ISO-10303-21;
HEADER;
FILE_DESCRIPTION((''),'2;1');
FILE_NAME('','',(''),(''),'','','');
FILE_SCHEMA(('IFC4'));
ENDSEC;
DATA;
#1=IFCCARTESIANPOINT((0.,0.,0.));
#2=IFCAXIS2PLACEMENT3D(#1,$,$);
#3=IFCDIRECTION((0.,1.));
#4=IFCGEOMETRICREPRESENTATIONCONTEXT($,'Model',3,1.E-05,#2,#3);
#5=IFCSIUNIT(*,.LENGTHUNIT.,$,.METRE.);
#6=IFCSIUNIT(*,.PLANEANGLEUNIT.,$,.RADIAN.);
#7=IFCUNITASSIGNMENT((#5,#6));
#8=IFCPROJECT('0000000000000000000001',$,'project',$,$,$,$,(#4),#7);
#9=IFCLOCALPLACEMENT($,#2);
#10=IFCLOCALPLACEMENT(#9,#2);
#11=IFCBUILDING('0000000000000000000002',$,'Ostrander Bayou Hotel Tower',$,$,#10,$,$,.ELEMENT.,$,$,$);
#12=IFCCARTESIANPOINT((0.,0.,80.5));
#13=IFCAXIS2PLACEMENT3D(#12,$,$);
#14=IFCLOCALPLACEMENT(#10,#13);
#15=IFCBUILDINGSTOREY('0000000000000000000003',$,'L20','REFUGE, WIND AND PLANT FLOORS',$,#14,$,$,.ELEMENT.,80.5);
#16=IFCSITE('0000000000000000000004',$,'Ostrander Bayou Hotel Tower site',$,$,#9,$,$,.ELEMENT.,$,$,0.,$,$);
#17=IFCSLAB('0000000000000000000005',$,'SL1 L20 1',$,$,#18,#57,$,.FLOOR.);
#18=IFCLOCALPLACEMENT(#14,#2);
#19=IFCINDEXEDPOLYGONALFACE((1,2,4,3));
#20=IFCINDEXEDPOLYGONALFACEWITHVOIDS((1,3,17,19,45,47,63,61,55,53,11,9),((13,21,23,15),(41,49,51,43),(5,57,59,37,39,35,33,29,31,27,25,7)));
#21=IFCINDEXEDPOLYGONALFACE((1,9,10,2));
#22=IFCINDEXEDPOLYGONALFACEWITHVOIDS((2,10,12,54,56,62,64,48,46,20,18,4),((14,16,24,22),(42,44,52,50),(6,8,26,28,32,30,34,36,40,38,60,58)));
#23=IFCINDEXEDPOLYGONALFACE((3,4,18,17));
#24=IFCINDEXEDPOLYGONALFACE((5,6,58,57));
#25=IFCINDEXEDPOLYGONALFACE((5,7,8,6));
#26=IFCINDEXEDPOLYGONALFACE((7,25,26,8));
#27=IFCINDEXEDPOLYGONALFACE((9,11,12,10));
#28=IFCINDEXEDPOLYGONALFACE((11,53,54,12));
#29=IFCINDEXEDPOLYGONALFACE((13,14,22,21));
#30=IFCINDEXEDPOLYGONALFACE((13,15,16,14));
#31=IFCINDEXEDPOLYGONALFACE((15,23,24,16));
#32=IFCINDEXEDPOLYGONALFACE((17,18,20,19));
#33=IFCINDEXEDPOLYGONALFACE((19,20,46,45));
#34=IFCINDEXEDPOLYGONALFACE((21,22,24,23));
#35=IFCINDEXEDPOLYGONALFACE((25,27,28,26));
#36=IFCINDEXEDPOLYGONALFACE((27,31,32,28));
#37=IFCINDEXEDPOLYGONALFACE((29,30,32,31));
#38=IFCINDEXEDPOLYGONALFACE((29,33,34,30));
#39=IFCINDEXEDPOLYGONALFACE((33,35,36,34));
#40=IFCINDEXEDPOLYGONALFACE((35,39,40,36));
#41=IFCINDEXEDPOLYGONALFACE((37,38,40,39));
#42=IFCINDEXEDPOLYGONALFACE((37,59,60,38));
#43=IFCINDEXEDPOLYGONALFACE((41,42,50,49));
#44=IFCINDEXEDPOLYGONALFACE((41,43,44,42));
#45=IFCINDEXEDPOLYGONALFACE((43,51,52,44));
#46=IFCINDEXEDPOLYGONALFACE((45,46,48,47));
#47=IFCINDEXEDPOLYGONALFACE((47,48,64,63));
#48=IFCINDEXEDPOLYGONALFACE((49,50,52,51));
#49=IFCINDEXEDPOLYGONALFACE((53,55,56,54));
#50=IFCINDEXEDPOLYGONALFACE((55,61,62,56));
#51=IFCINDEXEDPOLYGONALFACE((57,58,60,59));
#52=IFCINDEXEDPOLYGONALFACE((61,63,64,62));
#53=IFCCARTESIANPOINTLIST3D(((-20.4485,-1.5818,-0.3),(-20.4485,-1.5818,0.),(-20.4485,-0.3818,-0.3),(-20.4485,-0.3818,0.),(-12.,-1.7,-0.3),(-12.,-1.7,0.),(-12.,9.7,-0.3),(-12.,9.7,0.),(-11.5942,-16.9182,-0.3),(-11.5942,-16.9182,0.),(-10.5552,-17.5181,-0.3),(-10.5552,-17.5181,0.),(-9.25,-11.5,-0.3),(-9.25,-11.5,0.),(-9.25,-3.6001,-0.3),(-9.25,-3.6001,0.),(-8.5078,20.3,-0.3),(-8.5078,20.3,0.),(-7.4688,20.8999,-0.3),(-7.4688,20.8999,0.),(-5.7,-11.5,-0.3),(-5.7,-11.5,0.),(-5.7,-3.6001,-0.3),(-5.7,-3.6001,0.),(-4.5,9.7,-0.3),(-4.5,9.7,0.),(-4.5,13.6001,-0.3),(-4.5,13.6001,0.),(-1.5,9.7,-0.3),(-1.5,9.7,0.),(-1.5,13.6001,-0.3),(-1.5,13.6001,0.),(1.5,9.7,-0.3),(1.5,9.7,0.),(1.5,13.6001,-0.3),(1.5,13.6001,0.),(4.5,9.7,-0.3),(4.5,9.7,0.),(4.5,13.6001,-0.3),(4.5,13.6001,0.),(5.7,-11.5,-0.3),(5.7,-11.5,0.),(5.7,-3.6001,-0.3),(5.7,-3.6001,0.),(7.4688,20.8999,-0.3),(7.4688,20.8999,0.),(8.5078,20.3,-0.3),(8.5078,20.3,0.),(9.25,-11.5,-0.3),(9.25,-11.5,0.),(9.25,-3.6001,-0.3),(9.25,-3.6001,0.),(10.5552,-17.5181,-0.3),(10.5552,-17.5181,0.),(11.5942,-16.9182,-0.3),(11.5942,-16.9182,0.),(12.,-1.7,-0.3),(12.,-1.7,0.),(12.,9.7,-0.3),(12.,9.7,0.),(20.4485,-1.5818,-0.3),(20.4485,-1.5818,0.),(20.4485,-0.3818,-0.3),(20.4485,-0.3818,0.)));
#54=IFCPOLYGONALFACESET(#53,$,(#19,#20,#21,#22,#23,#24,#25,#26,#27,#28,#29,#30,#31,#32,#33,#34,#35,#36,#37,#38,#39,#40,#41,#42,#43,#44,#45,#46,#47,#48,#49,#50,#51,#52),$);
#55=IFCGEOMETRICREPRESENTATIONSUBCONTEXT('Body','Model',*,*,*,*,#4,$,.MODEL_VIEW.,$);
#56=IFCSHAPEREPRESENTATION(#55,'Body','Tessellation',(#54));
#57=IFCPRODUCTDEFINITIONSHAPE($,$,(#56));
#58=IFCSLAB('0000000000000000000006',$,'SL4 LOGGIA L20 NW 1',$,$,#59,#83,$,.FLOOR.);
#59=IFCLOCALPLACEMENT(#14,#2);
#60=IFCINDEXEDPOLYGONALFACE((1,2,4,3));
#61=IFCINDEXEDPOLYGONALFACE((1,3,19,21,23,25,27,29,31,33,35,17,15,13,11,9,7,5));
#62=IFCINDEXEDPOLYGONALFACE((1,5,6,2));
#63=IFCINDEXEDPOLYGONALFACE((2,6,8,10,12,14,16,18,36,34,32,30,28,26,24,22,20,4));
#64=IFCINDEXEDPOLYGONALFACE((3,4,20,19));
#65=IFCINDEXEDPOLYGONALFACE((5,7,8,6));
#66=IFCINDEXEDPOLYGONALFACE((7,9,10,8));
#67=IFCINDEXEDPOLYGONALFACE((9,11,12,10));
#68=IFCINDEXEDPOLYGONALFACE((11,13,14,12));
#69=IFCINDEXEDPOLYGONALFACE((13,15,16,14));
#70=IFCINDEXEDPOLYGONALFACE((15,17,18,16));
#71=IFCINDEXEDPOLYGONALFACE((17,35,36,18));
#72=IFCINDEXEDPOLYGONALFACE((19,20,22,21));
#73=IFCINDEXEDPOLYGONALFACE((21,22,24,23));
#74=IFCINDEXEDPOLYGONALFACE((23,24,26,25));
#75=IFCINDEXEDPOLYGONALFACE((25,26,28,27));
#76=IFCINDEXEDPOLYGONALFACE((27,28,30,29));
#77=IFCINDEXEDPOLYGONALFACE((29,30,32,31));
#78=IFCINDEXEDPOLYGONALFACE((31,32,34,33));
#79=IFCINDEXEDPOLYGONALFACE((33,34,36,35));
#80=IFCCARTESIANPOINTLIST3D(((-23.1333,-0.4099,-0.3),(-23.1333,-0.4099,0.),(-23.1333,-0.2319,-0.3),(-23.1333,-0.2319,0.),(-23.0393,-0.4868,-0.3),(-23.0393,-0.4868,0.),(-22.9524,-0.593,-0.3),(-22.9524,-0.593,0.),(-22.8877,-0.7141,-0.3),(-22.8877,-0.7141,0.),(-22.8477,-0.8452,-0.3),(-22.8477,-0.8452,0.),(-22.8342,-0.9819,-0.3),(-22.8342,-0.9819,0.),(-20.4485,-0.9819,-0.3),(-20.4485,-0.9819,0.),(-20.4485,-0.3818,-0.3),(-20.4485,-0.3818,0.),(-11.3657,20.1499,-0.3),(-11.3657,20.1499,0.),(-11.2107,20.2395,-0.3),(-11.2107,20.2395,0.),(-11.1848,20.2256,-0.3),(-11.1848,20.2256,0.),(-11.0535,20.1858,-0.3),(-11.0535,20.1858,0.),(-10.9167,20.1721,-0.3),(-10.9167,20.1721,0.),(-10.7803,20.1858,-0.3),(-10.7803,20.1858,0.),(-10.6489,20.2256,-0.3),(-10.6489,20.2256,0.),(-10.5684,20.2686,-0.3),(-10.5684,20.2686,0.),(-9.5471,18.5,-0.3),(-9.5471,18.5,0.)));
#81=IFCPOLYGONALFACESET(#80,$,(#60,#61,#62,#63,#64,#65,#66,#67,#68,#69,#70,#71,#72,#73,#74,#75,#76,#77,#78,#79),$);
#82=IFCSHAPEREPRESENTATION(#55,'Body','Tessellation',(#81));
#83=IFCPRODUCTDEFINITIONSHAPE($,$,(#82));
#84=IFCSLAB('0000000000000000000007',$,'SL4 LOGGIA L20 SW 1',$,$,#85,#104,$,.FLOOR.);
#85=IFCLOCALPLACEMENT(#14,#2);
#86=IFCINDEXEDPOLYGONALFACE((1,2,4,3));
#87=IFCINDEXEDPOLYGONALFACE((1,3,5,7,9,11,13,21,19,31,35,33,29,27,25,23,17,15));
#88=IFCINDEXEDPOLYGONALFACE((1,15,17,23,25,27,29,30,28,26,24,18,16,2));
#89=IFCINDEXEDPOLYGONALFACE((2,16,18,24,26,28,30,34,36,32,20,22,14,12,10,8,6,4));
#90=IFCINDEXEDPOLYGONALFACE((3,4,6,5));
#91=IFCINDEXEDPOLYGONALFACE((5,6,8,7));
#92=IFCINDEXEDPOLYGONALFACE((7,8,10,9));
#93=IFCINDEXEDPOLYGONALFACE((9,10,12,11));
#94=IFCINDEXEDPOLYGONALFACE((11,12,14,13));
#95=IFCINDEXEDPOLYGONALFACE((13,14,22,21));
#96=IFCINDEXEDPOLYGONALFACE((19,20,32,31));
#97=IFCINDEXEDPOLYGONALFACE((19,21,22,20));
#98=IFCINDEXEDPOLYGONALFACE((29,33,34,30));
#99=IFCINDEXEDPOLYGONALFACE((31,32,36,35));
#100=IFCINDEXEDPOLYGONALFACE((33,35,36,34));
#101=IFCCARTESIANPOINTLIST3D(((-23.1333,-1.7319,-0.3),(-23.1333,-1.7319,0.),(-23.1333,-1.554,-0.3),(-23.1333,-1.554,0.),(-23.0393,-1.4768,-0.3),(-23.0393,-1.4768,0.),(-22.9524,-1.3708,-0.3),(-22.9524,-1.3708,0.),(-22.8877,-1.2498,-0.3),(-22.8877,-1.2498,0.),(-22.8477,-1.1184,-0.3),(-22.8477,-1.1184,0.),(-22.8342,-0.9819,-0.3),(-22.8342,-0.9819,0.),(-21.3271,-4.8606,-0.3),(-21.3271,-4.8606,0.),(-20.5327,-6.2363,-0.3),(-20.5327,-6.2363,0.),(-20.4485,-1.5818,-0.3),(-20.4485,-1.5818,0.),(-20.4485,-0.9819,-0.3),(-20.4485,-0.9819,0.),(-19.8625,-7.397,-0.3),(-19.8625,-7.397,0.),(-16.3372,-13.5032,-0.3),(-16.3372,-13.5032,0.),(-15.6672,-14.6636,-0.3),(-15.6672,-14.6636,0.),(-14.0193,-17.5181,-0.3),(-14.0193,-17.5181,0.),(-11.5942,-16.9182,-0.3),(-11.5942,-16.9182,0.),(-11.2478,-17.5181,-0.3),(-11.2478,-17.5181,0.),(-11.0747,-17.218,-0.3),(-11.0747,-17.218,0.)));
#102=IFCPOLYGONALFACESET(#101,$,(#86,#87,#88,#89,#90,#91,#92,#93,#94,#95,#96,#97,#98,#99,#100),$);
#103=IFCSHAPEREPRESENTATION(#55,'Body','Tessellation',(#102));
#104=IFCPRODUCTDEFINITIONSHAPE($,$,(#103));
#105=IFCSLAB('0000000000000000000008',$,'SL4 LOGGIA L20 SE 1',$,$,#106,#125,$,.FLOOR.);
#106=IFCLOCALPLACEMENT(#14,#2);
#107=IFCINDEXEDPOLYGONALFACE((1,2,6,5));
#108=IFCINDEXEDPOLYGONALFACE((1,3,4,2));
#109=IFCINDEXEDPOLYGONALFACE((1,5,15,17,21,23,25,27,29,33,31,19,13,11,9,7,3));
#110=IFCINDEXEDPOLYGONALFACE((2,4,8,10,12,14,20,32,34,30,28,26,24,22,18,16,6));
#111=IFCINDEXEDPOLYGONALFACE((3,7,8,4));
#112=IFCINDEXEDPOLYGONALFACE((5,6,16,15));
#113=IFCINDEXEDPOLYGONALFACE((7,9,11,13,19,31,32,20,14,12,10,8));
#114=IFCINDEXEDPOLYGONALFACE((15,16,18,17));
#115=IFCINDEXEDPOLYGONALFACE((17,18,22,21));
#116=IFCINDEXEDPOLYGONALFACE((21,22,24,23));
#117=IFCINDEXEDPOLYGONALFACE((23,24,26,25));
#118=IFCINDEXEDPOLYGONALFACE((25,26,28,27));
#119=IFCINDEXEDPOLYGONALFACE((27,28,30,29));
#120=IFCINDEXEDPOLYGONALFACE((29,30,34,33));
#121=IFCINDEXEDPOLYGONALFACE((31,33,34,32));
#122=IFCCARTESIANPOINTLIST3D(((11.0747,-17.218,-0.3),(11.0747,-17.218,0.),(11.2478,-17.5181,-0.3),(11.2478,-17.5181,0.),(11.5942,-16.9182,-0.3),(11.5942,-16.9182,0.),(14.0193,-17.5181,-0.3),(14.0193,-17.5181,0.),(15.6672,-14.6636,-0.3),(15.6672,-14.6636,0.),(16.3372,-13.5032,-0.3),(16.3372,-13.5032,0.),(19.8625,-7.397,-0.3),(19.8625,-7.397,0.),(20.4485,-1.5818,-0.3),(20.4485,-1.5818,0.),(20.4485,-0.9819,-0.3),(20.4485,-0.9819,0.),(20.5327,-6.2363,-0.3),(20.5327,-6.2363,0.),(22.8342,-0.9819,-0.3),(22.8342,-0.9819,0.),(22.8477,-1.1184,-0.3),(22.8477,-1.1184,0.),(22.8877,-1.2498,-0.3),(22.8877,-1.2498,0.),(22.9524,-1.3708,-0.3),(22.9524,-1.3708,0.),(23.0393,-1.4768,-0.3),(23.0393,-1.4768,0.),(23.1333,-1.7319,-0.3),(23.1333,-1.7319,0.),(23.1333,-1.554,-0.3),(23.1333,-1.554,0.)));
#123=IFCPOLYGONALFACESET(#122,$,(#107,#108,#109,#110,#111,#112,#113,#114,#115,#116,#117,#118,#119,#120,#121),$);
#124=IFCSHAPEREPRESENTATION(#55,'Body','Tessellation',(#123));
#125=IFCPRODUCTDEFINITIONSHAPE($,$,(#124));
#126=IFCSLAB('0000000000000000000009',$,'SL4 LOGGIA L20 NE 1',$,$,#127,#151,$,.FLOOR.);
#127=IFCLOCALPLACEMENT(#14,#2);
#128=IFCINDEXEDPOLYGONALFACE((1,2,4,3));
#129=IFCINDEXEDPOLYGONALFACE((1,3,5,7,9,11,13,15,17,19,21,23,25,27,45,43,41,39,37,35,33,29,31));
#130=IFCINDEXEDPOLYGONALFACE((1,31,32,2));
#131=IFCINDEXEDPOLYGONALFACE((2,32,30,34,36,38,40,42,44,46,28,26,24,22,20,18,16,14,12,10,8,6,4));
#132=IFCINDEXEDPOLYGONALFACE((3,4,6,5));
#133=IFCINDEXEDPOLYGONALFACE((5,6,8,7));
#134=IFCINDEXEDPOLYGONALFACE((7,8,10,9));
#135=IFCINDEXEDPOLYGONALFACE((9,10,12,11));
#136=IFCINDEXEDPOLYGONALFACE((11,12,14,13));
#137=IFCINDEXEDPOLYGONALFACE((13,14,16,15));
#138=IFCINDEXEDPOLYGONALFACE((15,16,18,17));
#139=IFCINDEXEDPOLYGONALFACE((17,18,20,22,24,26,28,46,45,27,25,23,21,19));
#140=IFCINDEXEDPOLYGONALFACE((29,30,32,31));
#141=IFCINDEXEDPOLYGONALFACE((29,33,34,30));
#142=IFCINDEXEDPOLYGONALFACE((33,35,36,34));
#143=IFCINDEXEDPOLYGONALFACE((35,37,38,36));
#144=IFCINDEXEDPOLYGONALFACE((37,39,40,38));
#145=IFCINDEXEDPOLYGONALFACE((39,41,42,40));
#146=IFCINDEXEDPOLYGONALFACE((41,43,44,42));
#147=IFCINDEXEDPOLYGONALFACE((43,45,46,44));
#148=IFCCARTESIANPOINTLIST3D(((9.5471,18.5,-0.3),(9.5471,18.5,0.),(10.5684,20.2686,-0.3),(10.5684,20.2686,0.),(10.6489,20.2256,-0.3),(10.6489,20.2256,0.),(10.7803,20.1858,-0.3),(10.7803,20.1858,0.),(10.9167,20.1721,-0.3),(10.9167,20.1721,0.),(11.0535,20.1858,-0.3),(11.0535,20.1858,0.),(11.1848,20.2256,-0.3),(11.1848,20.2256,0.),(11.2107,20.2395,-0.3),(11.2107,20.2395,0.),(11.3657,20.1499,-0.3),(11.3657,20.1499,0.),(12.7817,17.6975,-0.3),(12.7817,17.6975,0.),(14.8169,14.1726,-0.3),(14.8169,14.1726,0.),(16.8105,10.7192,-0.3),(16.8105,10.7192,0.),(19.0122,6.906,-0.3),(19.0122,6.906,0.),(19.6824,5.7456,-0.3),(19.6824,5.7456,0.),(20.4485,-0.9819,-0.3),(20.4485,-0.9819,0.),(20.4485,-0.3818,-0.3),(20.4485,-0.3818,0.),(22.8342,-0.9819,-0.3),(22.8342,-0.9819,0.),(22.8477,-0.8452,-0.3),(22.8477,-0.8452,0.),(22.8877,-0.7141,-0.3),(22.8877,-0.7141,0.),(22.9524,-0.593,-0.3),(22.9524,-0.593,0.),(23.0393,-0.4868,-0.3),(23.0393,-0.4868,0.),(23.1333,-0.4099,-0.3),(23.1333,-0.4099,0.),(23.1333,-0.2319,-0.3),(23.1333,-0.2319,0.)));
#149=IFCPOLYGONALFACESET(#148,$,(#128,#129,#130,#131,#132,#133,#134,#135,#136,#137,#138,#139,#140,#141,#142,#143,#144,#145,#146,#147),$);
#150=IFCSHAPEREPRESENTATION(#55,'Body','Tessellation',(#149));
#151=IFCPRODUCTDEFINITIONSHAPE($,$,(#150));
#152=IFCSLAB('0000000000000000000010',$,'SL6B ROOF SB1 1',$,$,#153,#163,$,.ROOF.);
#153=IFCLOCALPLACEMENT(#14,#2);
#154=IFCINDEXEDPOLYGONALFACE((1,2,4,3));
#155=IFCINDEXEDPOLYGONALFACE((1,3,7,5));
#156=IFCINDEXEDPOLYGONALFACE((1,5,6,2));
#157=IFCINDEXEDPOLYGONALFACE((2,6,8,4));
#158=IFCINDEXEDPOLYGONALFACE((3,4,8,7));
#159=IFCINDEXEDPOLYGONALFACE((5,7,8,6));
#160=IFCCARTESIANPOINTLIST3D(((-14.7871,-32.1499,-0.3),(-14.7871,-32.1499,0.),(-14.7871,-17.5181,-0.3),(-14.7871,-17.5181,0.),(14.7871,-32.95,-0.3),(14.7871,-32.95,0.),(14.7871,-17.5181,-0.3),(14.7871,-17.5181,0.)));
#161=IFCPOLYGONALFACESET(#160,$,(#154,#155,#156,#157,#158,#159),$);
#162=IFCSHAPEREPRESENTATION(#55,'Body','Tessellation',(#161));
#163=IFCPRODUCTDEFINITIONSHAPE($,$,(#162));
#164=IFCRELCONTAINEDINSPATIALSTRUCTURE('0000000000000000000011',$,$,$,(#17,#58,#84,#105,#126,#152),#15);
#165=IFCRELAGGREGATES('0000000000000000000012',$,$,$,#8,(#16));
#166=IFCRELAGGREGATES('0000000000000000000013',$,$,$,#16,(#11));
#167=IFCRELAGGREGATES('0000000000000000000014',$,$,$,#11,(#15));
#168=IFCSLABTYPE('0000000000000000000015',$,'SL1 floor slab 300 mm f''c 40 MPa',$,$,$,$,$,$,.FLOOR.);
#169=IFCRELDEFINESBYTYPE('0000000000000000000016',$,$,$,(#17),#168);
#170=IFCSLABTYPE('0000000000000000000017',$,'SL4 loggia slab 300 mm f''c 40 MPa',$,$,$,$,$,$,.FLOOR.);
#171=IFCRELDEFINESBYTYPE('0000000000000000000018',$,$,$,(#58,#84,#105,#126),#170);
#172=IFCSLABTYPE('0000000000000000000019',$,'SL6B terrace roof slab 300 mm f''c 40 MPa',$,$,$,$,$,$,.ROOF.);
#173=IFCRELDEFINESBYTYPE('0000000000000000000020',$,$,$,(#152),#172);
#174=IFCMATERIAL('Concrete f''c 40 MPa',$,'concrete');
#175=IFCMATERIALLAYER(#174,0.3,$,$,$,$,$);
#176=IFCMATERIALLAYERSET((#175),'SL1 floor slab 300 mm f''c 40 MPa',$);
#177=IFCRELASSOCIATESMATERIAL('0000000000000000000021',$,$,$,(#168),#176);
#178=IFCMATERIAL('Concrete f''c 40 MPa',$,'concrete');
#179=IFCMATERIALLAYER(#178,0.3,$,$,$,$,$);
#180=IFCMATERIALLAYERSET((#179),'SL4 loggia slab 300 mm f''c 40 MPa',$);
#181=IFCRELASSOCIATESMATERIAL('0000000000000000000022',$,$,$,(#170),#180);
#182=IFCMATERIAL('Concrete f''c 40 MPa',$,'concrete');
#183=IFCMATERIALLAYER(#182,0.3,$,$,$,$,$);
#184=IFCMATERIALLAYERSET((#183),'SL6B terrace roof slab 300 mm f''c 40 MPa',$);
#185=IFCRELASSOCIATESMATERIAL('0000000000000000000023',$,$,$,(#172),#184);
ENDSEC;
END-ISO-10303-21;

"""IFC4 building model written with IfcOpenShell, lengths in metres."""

from ifc_helpers import new_model, si_unit, direction, frame, origin, place, context, subcontext, project, spatial, polyline, outline, extrude, material, layer, layer_set, type_object, element, save


model = new_model("IFC4")

# Units and contexts
model_context = context("Model", 3, precision=1e-05, world=origin(), true_north=direction((0.0, 1.0)))
body_context = subcontext(model_context, "Body", "Model", "MODEL_VIEW")
ifc_project = project(units=[si_unit("LENGTHUNIT", "METRE"), si_unit("PLANEANGLEUNIT", "RADIAN")], contexts=[model_context])

# Site, building, storey
site_placement = place(None, origin())
site = spatial("IfcSite", under=ifc_project, at=site_placement, Name="Ostrander Bayou Hotel Tower site", CompositionType="ELEMENT", RefElevation=0.0)
building_placement = place(site_placement, origin())
building = spatial("IfcBuilding", under=site, at=building_placement, Name="Ostrander Bayou Hotel Tower", CompositionType="ELEMENT")
storey_placement = place(building_placement, frame((0.0, 0.0, 80.5)))
storey = spatial("IfcBuildingStorey", under=building, at=storey_placement, Name="L20", Description="REFUGE, WIND AND PLANT FLOORS", CompositionType="ELEMENT", Elevation=80.5)

# Slabs
ifc_material_1 = material(Name="Concrete f'c 40 MPa", Category="concrete")
ifc_layer_1 = layer(ifc_material_1, 0.3)
ifc_layer_set_1 = layer_set([ifc_layer_1], Name="SL1 floor slab 300 mm f'c 40 MPa")
slab_type_1 = type_object("IfcSlabType", Name="SL1 floor slab 300 mm f'c 40 MPa", PredefinedType="FLOOR", material=ifc_layer_set_1)
slab_1_placement = place(storey_placement, frame((0.0, 0.0, -0.3)))
element("IfcSlab", 1, at=slab_1_placement, inside=storey, type_object=slab_type_1, Name="SL1 L20 1", PredefinedType="FLOOR", context=body_context, shape_type="SweptSolid", body=[
    extrude(outline(polyline([(8.5078, 20.3), (20.4485, -0.3818), (20.4485, -1.5818), (11.5942, -16.9182), (10.5552, -17.5181), (-10.5552, -17.5181), (-11.5942, -16.9182), (-20.4485, -1.5818), (-20.4485, -0.3818), (-8.5078, 20.3), (-7.4688, 20.8999), (7.4688, 20.8999), (8.5078, 20.3)]), holes=[polyline([(-12.0, -1.7), (12.0, -1.7), (12.0, 9.7), (4.5, 9.7), (4.5, 13.6001), (1.5, 13.6001), (1.5, 9.7), (-1.5, 9.7), (-1.5, 13.6001), (-4.5, 13.6001), (-4.5, 9.7), (-12.0, 9.7), (-12.0, -1.7)]), polyline([(9.25, -3.6001), (5.7, -3.6001), (5.7, -11.5), (9.25, -11.5), (9.25, -3.6001)]), polyline([(-5.7, -3.6001), (-9.25, -3.6001), (-9.25, -11.5), (-5.7, -11.5), (-5.7, -3.6001)])]), origin(), (0.0, 0.0, 1.0), 0.3),
])
ifc_material_2 = material(Name="Concrete f'c 40 MPa", Category="concrete")
ifc_layer_2 = layer(ifc_material_2, 0.3)
ifc_layer_set_2 = layer_set([ifc_layer_2], Name="SL4 loggia slab 300 mm f'c 40 MPa")
slab_type_2 = type_object("IfcSlabType", Name="SL4 loggia slab 300 mm f'c 40 MPa", PredefinedType="FLOOR", material=ifc_layer_set_2)
slab_2_placement = place(storey_placement, frame((0.0, 0.0, -0.3)))
element("IfcSlab", 2, at=slab_2_placement, inside=storey, type_object=slab_type_2, Name="SL4 LOGGIA L20 NW 1", PredefinedType="FLOOR", context=body_context, shape_type="SweptSolid", body=[
    extrude(outline(polyline([(-22.8342, -0.9819), (-22.8477, -0.8452), (-22.8877, -0.7141), (-22.9524, -0.593), (-23.0393, -0.4868), (-23.1333, -0.4099), (-23.1333, -0.2319), (-11.3657, 20.1499), (-11.2107, 20.2395), (-11.1848, 20.2256), (-11.0535, 20.1858), (-10.9167, 20.1721), (-10.7803, 20.1858), (-10.6489, 20.2256), (-10.5684, 20.2686), (-9.5471, 18.5), (-20.4485, -0.3818), (-20.4485, -0.9819), (-22.8342, -0.9819)])), origin(), (0.0, 0.0, 1.0), 0.3),
])
slab_3_placement = place(storey_placement, frame((0.0, 0.0, -0.3)))
element("IfcSlab", 3, at=slab_3_placement, inside=storey, type_object=slab_type_2, Name="SL4 LOGGIA L20 SW 1", PredefinedType="FLOOR", context=body_context, shape_type="SweptSolid", body=[
    extrude(outline(polyline([(-11.0747, -17.218), (-11.2478, -17.5181), (-14.0193, -17.5181), (-15.6672, -14.6636), (-16.3372, -13.5032), (-19.8625, -7.397), (-20.5327, -6.2363), (-21.3271, -4.8606), (-23.1333, -1.7319), (-23.1333, -1.554), (-23.0393, -1.4768), (-22.9524, -1.3708), (-22.8877, -1.2498), (-22.8477, -1.1184), (-22.8342, -0.9819), (-20.4485, -0.9819), (-20.4485, -1.5818), (-11.5942, -16.9182), (-11.0747, -17.218)])), origin(), (0.0, 0.0, 1.0), 0.3),
])
slab_4_placement = place(storey_placement, frame((0.0, 0.0, -0.3)))
element("IfcSlab", 4, at=slab_4_placement, inside=storey, type_object=slab_type_2, Name="SL4 LOGGIA L20 SE 1", PredefinedType="FLOOR", context=body_context, shape_type="SweptSolid", body=[
    extrude(outline(polyline([(23.1333, -1.7319), (20.5327, -6.2363), (19.8625, -7.397), (16.3372, -13.5032), (15.6672, -14.6636), (14.0193, -17.5181), (11.2478, -17.5181), (11.0747, -17.218), (11.5942, -16.9182), (20.4485, -1.5818), (20.4485, -0.9819), (22.8342, -0.9819), (22.8477, -1.1184), (22.8877, -1.2498), (22.9524, -1.3708), (23.0393, -1.4768), (23.1333, -1.554), (23.1333, -1.7319)])), origin(), (0.0, 0.0, 1.0), 0.3),
])
slab_5_placement = place(storey_placement, frame((0.0, 0.0, -0.3)))
element("IfcSlab", 5, at=slab_5_placement, inside=storey, type_object=slab_type_2, Name="SL4 LOGGIA L20 NE 1", PredefinedType="FLOOR", context=body_context, shape_type="SweptSolid", body=[
    extrude(outline(polyline([(10.5684, 20.2686), (10.6489, 20.2256), (10.7803, 20.1858), (10.9167, 20.1721), (11.0535, 20.1858), (11.1848, 20.2256), (11.2107, 20.2395), (11.3657, 20.1499), (12.7817, 17.6975), (14.8169, 14.1726), (16.8105, 10.7192), (19.0122, 6.906), (19.6824, 5.7456), (23.1333, -0.2319), (23.1333, -0.4099), (23.0393, -0.4868), (22.9524, -0.593), (22.8877, -0.7141), (22.8477, -0.8452), (22.8342, -0.9819), (20.4485, -0.9819), (20.4485, -0.3818), (9.5471, 18.5), (10.5684, 20.2686)])), origin(), (0.0, 0.0, 1.0), 0.3),
])
ifc_material_3 = material(Name="Concrete f'c 40 MPa", Category="concrete")
ifc_layer_3 = layer(ifc_material_3, 0.3)
ifc_layer_set_3 = layer_set([ifc_layer_3], Name="SL6B terrace roof slab 300 mm f'c 40 MPa")
slab_type_3 = type_object("IfcSlabType", Name="SL6B terrace roof slab 300 mm f'c 40 MPa", PredefinedType="ROOF", material=ifc_layer_set_3)
slab_6_placement = place(storey_placement, frame((0.0, 0.0, -0.3)))
element("IfcSlab", 6, at=slab_6_placement, inside=storey, type_object=slab_type_3, Name="SL6B ROOF SB1 1", PredefinedType="ROOF", context=body_context, shape_type="SweptSolid", body=[
    extrude(outline(polyline([(-14.7871, -17.5181), (14.7871, -17.5181), (14.7871, -32.95), (-14.7871, -32.1499), (-14.7871, -17.5181)])), origin(), (0.0, 0.0, 1.0), 0.3),
])

save(model, "model.ifc")
